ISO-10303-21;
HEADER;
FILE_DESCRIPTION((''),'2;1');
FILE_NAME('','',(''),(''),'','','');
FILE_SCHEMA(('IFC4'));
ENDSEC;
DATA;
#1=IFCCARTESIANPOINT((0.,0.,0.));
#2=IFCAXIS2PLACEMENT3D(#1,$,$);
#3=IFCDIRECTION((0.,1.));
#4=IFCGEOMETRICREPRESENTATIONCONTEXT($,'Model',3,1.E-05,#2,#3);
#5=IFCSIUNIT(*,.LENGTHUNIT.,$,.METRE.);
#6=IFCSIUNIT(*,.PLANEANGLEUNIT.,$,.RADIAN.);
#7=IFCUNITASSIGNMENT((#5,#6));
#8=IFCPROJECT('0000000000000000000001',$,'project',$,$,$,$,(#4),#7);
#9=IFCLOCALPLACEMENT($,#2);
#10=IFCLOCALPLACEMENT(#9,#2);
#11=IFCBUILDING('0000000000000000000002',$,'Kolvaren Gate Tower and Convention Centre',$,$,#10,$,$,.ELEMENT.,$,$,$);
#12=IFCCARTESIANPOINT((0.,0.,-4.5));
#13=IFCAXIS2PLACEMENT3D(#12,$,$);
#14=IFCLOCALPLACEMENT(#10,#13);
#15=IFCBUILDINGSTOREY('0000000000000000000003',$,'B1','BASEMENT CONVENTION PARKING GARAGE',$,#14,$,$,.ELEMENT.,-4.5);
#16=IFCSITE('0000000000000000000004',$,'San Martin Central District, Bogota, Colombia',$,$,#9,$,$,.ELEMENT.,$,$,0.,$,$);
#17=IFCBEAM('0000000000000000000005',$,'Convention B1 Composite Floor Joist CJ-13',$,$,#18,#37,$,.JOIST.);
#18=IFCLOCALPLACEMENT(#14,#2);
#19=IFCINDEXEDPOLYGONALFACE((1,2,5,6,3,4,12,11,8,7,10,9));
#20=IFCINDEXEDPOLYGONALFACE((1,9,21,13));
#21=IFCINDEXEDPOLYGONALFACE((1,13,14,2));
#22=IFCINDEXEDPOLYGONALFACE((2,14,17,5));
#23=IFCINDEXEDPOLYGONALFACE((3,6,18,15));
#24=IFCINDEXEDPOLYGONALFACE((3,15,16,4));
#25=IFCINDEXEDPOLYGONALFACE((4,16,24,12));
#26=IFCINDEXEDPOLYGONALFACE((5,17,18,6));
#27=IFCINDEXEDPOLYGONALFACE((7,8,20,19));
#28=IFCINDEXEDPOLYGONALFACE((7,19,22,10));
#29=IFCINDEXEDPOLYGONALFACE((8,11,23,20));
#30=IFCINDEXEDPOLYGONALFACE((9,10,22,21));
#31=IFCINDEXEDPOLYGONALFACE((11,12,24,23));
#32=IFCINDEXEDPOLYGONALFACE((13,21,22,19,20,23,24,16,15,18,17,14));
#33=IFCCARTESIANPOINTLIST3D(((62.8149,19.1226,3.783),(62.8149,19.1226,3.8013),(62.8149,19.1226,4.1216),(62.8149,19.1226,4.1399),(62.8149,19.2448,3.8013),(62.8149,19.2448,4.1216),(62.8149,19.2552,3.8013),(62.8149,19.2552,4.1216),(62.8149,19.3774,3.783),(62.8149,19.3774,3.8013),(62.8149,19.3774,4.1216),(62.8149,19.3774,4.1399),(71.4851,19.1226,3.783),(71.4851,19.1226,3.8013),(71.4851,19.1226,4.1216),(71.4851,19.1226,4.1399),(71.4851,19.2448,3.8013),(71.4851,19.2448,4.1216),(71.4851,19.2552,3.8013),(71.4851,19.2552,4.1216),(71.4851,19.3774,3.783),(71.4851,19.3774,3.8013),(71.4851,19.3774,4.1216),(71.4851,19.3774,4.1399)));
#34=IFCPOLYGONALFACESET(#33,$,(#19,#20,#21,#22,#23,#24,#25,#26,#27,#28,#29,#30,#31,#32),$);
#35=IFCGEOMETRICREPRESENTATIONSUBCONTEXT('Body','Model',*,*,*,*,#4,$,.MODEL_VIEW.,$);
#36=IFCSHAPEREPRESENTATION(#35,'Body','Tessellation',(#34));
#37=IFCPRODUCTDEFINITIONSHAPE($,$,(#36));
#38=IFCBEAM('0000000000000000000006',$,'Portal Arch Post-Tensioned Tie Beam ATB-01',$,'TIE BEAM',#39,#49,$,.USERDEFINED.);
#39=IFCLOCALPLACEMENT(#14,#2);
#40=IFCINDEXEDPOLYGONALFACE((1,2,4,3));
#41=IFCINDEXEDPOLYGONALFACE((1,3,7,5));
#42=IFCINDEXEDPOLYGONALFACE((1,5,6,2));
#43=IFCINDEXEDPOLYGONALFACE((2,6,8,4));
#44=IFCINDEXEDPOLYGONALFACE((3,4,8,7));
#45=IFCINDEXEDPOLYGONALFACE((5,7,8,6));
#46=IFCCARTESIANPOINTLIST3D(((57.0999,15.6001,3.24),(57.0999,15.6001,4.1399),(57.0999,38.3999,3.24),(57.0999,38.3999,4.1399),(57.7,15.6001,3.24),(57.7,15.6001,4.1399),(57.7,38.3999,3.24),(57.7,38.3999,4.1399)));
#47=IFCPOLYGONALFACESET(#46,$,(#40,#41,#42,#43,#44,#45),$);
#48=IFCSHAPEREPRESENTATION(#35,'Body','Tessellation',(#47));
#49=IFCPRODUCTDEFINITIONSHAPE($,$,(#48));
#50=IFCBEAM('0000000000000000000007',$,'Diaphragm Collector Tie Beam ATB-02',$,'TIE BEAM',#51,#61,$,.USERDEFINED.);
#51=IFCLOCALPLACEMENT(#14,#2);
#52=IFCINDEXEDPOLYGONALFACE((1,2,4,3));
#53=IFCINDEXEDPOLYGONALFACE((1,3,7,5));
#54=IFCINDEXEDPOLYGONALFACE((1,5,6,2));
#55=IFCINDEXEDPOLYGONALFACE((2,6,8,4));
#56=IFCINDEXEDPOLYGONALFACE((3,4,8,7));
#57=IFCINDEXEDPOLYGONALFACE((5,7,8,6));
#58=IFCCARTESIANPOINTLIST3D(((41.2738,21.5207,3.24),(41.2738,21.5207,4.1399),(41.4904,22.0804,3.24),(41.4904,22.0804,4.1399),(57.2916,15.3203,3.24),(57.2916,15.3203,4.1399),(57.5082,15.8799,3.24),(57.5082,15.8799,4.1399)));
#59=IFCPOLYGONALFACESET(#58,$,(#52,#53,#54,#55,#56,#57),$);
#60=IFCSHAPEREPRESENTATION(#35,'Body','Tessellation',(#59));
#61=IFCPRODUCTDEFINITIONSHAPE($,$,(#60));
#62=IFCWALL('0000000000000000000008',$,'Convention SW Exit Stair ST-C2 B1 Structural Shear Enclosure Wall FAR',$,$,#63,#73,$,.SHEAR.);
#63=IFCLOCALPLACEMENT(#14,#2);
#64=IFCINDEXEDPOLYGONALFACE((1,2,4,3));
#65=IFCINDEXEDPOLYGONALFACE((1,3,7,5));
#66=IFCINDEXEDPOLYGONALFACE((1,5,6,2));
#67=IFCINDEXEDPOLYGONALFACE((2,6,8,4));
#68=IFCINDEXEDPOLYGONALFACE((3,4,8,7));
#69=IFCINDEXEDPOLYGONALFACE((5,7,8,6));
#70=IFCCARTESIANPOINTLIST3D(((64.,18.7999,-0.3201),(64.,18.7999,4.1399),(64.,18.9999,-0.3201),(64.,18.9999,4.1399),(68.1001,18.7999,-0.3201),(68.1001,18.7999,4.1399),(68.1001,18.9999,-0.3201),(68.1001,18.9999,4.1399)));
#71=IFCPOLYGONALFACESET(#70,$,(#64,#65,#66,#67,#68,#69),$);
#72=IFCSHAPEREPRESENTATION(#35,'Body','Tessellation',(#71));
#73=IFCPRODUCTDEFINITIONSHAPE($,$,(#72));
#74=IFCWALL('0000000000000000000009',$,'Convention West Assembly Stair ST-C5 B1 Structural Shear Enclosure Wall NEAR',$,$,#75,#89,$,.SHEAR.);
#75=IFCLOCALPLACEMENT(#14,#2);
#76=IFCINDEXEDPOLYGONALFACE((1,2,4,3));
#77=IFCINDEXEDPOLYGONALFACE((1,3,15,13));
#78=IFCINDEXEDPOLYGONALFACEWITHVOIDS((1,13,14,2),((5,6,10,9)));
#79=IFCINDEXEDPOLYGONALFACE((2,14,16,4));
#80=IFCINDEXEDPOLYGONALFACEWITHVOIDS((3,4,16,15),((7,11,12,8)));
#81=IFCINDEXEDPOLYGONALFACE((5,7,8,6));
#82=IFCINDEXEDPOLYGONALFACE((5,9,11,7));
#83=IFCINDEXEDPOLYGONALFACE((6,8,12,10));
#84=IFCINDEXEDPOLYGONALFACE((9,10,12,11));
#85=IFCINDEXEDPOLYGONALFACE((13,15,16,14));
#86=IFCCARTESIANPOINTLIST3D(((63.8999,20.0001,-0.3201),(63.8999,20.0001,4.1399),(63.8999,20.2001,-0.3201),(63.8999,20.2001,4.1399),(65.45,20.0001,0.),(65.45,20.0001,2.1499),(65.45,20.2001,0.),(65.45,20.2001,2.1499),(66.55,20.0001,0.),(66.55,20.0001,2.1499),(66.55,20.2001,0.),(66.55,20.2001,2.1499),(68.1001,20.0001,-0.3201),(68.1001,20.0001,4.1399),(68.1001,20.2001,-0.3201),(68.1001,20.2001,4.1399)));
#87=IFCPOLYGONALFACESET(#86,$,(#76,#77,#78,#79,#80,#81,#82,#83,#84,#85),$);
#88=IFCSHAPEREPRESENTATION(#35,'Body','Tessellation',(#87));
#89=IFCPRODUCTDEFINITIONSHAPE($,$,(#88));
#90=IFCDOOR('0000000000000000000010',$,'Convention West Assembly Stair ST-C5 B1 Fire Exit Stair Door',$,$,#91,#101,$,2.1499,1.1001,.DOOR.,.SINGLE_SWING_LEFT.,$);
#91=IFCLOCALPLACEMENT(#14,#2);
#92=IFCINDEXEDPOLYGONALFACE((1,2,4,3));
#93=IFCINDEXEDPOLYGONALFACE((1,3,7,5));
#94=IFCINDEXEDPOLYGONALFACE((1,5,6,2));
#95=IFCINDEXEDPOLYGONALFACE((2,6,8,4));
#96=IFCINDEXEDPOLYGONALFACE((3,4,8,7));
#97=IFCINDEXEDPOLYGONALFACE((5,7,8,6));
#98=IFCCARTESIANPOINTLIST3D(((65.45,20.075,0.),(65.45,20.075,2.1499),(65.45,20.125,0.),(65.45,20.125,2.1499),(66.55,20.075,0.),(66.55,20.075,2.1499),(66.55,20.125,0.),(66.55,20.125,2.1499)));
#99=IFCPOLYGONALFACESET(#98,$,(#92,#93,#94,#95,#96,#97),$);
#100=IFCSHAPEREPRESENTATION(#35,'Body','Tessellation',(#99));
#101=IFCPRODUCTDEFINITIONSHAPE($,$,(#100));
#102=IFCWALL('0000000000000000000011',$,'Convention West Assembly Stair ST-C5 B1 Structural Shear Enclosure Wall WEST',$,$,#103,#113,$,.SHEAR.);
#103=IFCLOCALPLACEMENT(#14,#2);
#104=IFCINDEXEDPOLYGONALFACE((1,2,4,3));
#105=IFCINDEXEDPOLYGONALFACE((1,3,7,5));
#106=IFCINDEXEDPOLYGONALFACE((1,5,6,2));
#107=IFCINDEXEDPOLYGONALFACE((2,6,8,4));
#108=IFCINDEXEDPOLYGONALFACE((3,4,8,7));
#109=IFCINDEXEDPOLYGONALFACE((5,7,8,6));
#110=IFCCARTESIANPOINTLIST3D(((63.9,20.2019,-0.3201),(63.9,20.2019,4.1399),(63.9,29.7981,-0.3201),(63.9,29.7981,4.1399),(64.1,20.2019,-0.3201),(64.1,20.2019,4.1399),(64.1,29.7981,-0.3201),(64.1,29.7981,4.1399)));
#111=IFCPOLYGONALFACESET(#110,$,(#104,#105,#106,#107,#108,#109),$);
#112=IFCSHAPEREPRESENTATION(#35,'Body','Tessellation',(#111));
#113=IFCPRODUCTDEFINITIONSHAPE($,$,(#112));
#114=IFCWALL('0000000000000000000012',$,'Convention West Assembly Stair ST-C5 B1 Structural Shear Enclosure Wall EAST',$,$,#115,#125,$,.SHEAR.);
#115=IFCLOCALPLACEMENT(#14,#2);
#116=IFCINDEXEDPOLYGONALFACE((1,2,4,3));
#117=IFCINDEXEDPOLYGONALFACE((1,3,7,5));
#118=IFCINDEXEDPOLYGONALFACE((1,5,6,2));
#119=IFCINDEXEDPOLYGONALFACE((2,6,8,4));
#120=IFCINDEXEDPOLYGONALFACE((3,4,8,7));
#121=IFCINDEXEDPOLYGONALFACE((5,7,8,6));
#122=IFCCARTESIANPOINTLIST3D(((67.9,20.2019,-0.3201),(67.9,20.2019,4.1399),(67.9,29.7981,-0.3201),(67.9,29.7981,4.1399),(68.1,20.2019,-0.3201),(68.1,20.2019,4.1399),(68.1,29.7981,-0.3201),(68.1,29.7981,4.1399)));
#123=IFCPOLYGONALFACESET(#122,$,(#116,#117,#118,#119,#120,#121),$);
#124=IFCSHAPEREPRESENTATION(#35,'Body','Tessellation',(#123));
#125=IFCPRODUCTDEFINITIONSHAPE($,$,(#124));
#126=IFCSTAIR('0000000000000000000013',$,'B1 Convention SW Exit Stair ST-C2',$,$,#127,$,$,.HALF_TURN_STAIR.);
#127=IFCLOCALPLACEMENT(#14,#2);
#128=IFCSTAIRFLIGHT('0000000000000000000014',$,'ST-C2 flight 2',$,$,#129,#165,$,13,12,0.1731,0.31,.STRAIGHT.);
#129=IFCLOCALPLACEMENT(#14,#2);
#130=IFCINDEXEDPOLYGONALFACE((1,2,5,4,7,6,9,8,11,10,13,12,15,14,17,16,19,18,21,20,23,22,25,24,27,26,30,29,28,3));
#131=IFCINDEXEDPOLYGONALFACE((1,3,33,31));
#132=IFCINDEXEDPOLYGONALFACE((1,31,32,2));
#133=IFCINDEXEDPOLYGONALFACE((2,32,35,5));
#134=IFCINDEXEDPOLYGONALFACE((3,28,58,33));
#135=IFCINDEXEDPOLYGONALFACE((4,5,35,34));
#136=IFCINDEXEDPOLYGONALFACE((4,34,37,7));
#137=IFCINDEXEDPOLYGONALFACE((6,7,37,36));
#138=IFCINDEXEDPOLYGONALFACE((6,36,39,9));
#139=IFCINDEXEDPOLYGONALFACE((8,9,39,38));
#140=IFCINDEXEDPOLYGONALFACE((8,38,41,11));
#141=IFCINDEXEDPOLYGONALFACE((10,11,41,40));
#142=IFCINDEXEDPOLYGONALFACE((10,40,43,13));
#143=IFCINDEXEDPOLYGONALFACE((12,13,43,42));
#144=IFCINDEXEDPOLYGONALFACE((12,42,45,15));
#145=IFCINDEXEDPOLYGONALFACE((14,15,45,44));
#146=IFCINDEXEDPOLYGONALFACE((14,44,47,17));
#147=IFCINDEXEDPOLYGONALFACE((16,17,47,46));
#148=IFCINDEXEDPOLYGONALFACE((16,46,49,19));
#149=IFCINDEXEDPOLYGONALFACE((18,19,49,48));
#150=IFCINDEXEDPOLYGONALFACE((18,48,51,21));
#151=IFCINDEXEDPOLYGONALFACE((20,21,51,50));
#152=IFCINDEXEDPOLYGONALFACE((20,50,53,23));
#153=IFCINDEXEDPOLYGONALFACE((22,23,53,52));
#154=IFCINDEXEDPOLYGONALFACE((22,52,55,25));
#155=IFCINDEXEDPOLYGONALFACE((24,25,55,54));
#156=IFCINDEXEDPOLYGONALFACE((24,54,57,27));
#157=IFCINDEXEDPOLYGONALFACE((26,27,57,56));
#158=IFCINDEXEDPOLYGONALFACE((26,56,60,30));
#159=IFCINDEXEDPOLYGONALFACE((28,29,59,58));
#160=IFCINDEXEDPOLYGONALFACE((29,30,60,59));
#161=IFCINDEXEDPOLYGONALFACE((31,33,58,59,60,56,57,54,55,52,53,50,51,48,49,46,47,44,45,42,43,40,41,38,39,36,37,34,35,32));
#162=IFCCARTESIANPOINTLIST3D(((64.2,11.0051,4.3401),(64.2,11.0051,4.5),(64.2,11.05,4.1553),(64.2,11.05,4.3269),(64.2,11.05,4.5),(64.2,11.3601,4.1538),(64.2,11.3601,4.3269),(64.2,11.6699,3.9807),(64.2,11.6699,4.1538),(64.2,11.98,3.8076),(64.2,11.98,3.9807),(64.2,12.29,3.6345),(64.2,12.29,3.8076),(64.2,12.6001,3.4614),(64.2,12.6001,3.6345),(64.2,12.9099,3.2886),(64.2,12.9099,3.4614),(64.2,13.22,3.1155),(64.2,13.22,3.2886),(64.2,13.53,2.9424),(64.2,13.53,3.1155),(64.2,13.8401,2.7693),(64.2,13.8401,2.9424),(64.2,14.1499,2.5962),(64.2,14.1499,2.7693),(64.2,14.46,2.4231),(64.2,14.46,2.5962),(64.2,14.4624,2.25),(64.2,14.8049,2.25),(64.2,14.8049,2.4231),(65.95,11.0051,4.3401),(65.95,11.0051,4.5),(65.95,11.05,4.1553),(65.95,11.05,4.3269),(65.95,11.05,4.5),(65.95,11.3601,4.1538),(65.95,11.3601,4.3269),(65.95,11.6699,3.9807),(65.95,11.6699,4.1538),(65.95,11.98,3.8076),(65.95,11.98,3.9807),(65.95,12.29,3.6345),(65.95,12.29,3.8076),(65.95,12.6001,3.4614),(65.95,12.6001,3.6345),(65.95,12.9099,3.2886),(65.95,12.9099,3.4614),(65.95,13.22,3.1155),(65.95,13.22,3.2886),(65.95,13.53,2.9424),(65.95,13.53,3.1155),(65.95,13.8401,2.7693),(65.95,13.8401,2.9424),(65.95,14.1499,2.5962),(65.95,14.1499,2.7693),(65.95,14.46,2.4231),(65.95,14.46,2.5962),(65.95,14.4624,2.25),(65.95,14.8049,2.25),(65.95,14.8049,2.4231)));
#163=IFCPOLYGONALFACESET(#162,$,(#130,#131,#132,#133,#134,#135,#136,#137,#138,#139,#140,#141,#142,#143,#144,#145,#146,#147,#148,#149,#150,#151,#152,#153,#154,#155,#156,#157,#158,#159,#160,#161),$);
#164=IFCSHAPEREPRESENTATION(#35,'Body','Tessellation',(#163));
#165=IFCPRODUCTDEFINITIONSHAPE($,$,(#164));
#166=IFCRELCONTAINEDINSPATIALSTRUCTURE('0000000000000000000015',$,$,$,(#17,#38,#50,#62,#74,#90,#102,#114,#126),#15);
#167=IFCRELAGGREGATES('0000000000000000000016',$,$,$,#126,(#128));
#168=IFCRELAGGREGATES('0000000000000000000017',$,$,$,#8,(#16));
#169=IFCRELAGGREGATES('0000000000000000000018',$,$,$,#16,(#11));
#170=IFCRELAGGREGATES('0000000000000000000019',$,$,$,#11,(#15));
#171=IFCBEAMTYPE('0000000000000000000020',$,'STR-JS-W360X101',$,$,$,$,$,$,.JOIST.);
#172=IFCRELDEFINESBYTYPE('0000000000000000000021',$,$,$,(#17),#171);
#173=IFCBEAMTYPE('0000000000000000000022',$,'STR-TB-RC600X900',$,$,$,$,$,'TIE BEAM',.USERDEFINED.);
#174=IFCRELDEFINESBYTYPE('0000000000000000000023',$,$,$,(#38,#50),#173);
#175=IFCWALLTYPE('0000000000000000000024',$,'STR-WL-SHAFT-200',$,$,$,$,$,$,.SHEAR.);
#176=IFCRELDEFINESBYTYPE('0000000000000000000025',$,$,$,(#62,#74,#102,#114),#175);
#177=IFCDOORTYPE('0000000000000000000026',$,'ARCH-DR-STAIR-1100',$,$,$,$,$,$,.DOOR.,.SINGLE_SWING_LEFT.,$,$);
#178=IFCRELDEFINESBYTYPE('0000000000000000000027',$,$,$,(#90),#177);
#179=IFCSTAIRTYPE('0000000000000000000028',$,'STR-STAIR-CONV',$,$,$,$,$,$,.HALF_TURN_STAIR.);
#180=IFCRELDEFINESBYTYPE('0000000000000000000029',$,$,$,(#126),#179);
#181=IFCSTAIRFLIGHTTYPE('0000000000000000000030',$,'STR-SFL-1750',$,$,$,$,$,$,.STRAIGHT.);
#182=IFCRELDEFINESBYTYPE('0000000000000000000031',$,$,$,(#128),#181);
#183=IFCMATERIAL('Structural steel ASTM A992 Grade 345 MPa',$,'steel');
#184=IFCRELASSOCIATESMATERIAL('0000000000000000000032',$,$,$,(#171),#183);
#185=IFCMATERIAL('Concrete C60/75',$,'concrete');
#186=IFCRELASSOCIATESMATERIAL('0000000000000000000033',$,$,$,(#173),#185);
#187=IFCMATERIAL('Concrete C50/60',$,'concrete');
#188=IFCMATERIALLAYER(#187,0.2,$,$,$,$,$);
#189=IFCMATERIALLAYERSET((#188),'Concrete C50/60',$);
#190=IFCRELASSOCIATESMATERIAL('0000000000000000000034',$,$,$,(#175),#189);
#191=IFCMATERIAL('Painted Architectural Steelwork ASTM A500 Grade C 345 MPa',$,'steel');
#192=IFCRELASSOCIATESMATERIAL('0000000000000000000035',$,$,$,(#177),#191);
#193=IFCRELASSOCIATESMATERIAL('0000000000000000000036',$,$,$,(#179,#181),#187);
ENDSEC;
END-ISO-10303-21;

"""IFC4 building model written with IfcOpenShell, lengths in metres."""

from ifc_helpers import new_model, si_unit, direction, frame, frame_2d, origin, origin_2d, place, context, subcontext, project, spatial, polyline, rectangle, i_section, outline, extrude, material, layer, layer_set, material_profile, profile_set, type_object, element, fill, aggregate, save


model = new_model("IFC4")

# Units and contexts
model_context = context("Model", 3, precision=1e-05, world=origin(), true_north=direction((0.0, 1.0)))
body_context = subcontext(model_context, "Body", "Model", "MODEL_VIEW")
ifc_project = project(units=[si_unit("LENGTHUNIT", "METRE"), si_unit("PLANEANGLEUNIT", "RADIAN")], contexts=[model_context])

# Site, building, storey
site_placement = place(None, origin())
site = spatial("IfcSite", under=ifc_project, at=site_placement, Name="San Martin Central District, Bogota, Colombia", CompositionType="ELEMENT", RefElevation=0.0)
building_placement = place(site_placement, origin())
building = spatial("IfcBuilding", under=site, at=building_placement, Name="Kolvaren Gate Tower and Convention Centre", CompositionType="ELEMENT")
storey_placement = place(building_placement, frame((0.0, 0.0, -4.5)))
storey = spatial("IfcBuildingStorey", under=building, at=storey_placement, Name="B1", Description="BASEMENT CONVENTION PARKING GARAGE", CompositionType="ELEMENT", Elevation=-4.5)

# Shared definitions
ifc_material_1 = material(Name="Concrete C60/75", Category="concrete")
ifc_material_2 = material(Name="Concrete C50/60", Category="concrete")

# Beams
ifc_material_3 = material(Name="Structural steel ASTM A992 Grade 345 MPa", Category="steel")
ifc_material_profile_1 = material_profile(ifc_material_3, i_section(OverallWidth=0.2549, OverallDepth=0.3569, WebThickness=0.0105, FlangeThickness=0.0183, at=origin_2d()), Name="W360X101")
ifc_profile_set_1 = profile_set([ifc_material_profile_1], Name="Structural steel ASTM A992 Grade 345 MPa")
beam_type_1 = type_object("IfcBeamType", Name="STR-JS-W360X101", PredefinedType="JOIST", material=ifc_profile_set_1)
beam_1_placement = place(storey_placement, frame((62.8149, 19.25, 3.9614), z_axis=(1.0, 0.0, 0.0), x_axis=(0.0, 1.0, 0.0)))
element("IfcBeam", 1, at=beam_1_placement, inside=storey, type_object=beam_type_1, Name="Convention B1 Composite Floor Joist CJ-13", PredefinedType="JOIST", context=body_context, shape_type="SweptSolid", body=[
    extrude(i_section(OverallWidth=0.2549, OverallDepth=0.3569, WebThickness=0.0105, FlangeThickness=0.0183, at=origin_2d()), origin(), (0.0, 0.0, 1.0), 8.6702),
])
ifc_material_profile_2 = material_profile(ifc_material_1, rectangle(XDim=0.6001, YDim=0.8999, at=origin_2d()), Name="RC-BM-600X900")
ifc_profile_set_2 = profile_set([ifc_material_profile_2], Name="Concrete C60/75")
beam_type_2 = type_object("IfcBeamType", Name="STR-TB-RC600X900", ElementType="TIE BEAM", PredefinedType="USERDEFINED", material=ifc_profile_set_2)
beam_2_placement = place(storey_placement, frame((57.3999, 15.6001, 3.6899), z_axis=(0.0, 1.0, 0.0), x_axis=(-1.0, 0.0, 0.0)))
element("IfcBeam", 2, at=beam_2_placement, inside=storey, type_object=beam_type_2, Name="Portal Arch Post-Tensioned Tie Beam ATB-01", ObjectType="TIE BEAM", PredefinedType="USERDEFINED", context=body_context, shape_type="SweptSolid", body=[
    extrude(rectangle(XDim=0.6001, YDim=0.8999, at=origin_2d()), origin(), (0.0, 0.0, 1.0), 22.7998),
])
beam_3_placement = place(storey_placement, frame((57.3999, 15.6001, 3.6899), z_axis=(-0.932568, 0.360994, 0.0), x_axis=(-0.360994, -0.932568, 0.0)))
element("IfcBeam", 3, at=beam_3_placement, inside=storey, type_object=beam_type_2, Name="Diaphragm Collector Tie Beam ATB-02", ObjectType="TIE BEAM", PredefinedType="USERDEFINED", context=body_context, shape_type="SweptSolid", body=[
    extrude(rectangle(XDim=0.6001, YDim=0.8999, at=origin_2d()), origin(), (0.0, 0.0, 1.0), 17.176),
])

# Wall
ifc_layer = layer(ifc_material_2, 0.2)
ifc_layer_set = layer_set([ifc_layer], Name="Concrete C50/60")
wall_type = type_object("IfcWallType", Name="STR-WL-SHAFT-200", PredefinedType="SHEAR", material=ifc_layer_set)
wall_1_placement = place(storey_placement, frame((64.0, 18.8999, -0.3201), z_axis=(0.0, 0.0, 1.0), x_axis=(1.0, 0.0, 0.0)))
element("IfcWall", 4, at=wall_1_placement, inside=storey, type_object=wall_type, Name="Convention SW Exit Stair ST-C2 B1 Structural Shear Enclosure Wall FAR", PredefinedType="SHEAR", context=body_context, shape_type="SweptSolid", body=[
    extrude(rectangle(XDim=4.1001, YDim=0.2, at=frame_2d((2.05, 0.0))), origin(), (0.0, 0.0, 1.0), 4.46),
])

# Wall, opening, door
wall_2_placement = place(storey_placement, frame((63.8999, 20.1001, -0.3201), z_axis=(0.0, 0.0, 1.0), x_axis=(1.0, 0.0, 0.0)))
wall_2 = element("IfcWall", 5, at=wall_2_placement, inside=storey, type_object=wall_type, Name="Convention West Assembly Stair ST-C5 B1 Structural Shear Enclosure Wall NEAR", PredefinedType="SHEAR", context=body_context, shape_type="SweptSolid", body=[
    extrude(rectangle(XDim=4.2002, YDim=0.2, at=frame_2d((2.1001, 0.0))), origin(), (0.0, 0.0, 1.0), 4.46),
])
opening_placement = place(wall_2_placement, frame((1.55, 0.0, 0.3201)))
opening = element("IfcOpeningElement", 6, at=opening_placement, cuts=wall_2, PredefinedType="OPENING", context=body_context, shape_type="SweptSolid", body=[
    extrude(rectangle(XDim=1.1001, YDim=2.1499, at=frame_2d((0.55, 1.075))), frame((0.0, 0.1099, 0.0), z_axis=(0.0, -1.0, 0.0), x_axis=(1.0, 0.0, 0.0)), (0.0, 0.0, 1.0), 0.22),
])
ifc_material_4 = material(Name="Painted Architectural Steelwork ASTM A500 Grade C 345 MPa", Category="steel")
door_type = type_object("IfcDoorType", Name="ARCH-DR-STAIR-1100", OperationType="SINGLE_SWING_LEFT", PredefinedType="DOOR", material=ifc_material_4)
door_placement = place(opening_placement, origin())
door = element("IfcDoor", 7, at=door_placement, inside=storey, type_object=door_type, Name="Convention West Assembly Stair ST-C5 B1 Fire Exit Stair Door", OperationType="SINGLE_SWING_LEFT", OverallHeight=2.1499, OverallWidth=1.1001, PredefinedType="DOOR", context=body_context, shape_type="SweptSolid", body=[
    extrude(rectangle(XDim=1.1001, YDim=2.1499, at=frame_2d((0.55, 1.075))), frame((0.0, 0.0249, 0.0), z_axis=(0.0, -1.0, 0.0), x_axis=(1.0, 0.0, 0.0)), (0.0, 0.0, 1.0), 0.05),
])
fill(opening, door)

# Walls
for number, where, z_axis, x_axis, name in (
    (8, (64.0, 20.2019, -0.3201), (0.0, 0.0, 1.0), (0.0, 1.0, 0.0), "Convention West Assembly Stair ST-C5 B1 Structural Shear Enclosure Wall WEST"),
    (9, (68.0, 20.2019, -0.3201), (0.0, 0.0, 1.0), (0.0, 1.0, 0.0), "Convention West Assembly Stair ST-C5 B1 Structural Shear Enclosure Wall EAST"),
):
    element("IfcWall", number, at=place(storey_placement, frame(where, z_axis=z_axis, x_axis=x_axis)), inside=storey, type_object=wall_type, Name=name, PredefinedType="SHEAR", context=body_context, shape_type="SweptSolid", body=[
        extrude(rectangle(XDim=9.5962, YDim=0.2, at=frame_2d((4.7981, 0.0))), origin(), (0.0, 0.0, 1.0), 4.46),
    ])

# Stair, stair flight
stair_type = type_object("IfcStairType", Name="STR-STAIR-CONV", PredefinedType="HALF_TURN_STAIR", material=ifc_material_2)
stair_1_placement = place(storey_placement, origin())
stair_1 = element("IfcStair", 10, at=stair_1_placement, inside=storey, type_object=stair_type, Name="B1 Convention SW Exit Stair ST-C2", PredefinedType="HALF_TURN_STAIR")
stair_flight_type = type_object("IfcStairFlightType", Name="STR-SFL-1750", PredefinedType="STRAIGHT", material=ifc_material_2)
stair_flight_1_placement = place(storey_placement, frame((65.075, 14.77, 2.25), z_axis=(0.0, 0.0, 1.0), x_axis=(0.0, -1.0, 0.0)))
stair_flight_1 = element("IfcStairFlight", 11, at=stair_flight_1_placement, type_object=stair_flight_type, Name="ST-C2 flight 2", NumberOfRisers=13, NumberOfTreads=12, PredefinedType="STRAIGHT", RiserHeight=0.1731, TreadLength=0.31, context=body_context, shape_type="SweptSolid", body=[
    extrude(outline(polyline([(-0.0349, 0.0), (-0.0349, 0.1731), (0.3101, 0.1731), (0.3101, 0.3462), (0.6201, 0.3462), (0.6201, 0.5193), (0.9299, 0.5193), (0.9299, 0.6924), (1.24, 0.6924), (1.24, 0.8655), (1.55, 0.8655), (1.55, 1.0386), (1.8601, 1.0386), (1.8601, 1.2114), (2.1699, 1.2114), (2.1699, 1.3845), (2.48, 1.3845), (2.48, 1.5576), (2.79, 1.5576), (2.79, 1.7307), (3.1001, 1.7307), (3.1001, 1.9038), (3.4099, 1.9038), (3.4099, 2.0769), (3.72, 2.0769), (3.72, 2.25), (3.7649, 2.25), (3.7649, 2.0901), (3.72, 1.9053), (0.3076, 0.0), (-0.0349, 0.0)])), frame((0.0, 0.875, 0.0), z_axis=(0.0, -1.0, 0.0), x_axis=(1.0, 0.0, 0.0)), (0.0, 0.0, 1.0), 1.75),
])
aggregate(stair_1, [stair_flight_1])

save(model, "model.ifc")
